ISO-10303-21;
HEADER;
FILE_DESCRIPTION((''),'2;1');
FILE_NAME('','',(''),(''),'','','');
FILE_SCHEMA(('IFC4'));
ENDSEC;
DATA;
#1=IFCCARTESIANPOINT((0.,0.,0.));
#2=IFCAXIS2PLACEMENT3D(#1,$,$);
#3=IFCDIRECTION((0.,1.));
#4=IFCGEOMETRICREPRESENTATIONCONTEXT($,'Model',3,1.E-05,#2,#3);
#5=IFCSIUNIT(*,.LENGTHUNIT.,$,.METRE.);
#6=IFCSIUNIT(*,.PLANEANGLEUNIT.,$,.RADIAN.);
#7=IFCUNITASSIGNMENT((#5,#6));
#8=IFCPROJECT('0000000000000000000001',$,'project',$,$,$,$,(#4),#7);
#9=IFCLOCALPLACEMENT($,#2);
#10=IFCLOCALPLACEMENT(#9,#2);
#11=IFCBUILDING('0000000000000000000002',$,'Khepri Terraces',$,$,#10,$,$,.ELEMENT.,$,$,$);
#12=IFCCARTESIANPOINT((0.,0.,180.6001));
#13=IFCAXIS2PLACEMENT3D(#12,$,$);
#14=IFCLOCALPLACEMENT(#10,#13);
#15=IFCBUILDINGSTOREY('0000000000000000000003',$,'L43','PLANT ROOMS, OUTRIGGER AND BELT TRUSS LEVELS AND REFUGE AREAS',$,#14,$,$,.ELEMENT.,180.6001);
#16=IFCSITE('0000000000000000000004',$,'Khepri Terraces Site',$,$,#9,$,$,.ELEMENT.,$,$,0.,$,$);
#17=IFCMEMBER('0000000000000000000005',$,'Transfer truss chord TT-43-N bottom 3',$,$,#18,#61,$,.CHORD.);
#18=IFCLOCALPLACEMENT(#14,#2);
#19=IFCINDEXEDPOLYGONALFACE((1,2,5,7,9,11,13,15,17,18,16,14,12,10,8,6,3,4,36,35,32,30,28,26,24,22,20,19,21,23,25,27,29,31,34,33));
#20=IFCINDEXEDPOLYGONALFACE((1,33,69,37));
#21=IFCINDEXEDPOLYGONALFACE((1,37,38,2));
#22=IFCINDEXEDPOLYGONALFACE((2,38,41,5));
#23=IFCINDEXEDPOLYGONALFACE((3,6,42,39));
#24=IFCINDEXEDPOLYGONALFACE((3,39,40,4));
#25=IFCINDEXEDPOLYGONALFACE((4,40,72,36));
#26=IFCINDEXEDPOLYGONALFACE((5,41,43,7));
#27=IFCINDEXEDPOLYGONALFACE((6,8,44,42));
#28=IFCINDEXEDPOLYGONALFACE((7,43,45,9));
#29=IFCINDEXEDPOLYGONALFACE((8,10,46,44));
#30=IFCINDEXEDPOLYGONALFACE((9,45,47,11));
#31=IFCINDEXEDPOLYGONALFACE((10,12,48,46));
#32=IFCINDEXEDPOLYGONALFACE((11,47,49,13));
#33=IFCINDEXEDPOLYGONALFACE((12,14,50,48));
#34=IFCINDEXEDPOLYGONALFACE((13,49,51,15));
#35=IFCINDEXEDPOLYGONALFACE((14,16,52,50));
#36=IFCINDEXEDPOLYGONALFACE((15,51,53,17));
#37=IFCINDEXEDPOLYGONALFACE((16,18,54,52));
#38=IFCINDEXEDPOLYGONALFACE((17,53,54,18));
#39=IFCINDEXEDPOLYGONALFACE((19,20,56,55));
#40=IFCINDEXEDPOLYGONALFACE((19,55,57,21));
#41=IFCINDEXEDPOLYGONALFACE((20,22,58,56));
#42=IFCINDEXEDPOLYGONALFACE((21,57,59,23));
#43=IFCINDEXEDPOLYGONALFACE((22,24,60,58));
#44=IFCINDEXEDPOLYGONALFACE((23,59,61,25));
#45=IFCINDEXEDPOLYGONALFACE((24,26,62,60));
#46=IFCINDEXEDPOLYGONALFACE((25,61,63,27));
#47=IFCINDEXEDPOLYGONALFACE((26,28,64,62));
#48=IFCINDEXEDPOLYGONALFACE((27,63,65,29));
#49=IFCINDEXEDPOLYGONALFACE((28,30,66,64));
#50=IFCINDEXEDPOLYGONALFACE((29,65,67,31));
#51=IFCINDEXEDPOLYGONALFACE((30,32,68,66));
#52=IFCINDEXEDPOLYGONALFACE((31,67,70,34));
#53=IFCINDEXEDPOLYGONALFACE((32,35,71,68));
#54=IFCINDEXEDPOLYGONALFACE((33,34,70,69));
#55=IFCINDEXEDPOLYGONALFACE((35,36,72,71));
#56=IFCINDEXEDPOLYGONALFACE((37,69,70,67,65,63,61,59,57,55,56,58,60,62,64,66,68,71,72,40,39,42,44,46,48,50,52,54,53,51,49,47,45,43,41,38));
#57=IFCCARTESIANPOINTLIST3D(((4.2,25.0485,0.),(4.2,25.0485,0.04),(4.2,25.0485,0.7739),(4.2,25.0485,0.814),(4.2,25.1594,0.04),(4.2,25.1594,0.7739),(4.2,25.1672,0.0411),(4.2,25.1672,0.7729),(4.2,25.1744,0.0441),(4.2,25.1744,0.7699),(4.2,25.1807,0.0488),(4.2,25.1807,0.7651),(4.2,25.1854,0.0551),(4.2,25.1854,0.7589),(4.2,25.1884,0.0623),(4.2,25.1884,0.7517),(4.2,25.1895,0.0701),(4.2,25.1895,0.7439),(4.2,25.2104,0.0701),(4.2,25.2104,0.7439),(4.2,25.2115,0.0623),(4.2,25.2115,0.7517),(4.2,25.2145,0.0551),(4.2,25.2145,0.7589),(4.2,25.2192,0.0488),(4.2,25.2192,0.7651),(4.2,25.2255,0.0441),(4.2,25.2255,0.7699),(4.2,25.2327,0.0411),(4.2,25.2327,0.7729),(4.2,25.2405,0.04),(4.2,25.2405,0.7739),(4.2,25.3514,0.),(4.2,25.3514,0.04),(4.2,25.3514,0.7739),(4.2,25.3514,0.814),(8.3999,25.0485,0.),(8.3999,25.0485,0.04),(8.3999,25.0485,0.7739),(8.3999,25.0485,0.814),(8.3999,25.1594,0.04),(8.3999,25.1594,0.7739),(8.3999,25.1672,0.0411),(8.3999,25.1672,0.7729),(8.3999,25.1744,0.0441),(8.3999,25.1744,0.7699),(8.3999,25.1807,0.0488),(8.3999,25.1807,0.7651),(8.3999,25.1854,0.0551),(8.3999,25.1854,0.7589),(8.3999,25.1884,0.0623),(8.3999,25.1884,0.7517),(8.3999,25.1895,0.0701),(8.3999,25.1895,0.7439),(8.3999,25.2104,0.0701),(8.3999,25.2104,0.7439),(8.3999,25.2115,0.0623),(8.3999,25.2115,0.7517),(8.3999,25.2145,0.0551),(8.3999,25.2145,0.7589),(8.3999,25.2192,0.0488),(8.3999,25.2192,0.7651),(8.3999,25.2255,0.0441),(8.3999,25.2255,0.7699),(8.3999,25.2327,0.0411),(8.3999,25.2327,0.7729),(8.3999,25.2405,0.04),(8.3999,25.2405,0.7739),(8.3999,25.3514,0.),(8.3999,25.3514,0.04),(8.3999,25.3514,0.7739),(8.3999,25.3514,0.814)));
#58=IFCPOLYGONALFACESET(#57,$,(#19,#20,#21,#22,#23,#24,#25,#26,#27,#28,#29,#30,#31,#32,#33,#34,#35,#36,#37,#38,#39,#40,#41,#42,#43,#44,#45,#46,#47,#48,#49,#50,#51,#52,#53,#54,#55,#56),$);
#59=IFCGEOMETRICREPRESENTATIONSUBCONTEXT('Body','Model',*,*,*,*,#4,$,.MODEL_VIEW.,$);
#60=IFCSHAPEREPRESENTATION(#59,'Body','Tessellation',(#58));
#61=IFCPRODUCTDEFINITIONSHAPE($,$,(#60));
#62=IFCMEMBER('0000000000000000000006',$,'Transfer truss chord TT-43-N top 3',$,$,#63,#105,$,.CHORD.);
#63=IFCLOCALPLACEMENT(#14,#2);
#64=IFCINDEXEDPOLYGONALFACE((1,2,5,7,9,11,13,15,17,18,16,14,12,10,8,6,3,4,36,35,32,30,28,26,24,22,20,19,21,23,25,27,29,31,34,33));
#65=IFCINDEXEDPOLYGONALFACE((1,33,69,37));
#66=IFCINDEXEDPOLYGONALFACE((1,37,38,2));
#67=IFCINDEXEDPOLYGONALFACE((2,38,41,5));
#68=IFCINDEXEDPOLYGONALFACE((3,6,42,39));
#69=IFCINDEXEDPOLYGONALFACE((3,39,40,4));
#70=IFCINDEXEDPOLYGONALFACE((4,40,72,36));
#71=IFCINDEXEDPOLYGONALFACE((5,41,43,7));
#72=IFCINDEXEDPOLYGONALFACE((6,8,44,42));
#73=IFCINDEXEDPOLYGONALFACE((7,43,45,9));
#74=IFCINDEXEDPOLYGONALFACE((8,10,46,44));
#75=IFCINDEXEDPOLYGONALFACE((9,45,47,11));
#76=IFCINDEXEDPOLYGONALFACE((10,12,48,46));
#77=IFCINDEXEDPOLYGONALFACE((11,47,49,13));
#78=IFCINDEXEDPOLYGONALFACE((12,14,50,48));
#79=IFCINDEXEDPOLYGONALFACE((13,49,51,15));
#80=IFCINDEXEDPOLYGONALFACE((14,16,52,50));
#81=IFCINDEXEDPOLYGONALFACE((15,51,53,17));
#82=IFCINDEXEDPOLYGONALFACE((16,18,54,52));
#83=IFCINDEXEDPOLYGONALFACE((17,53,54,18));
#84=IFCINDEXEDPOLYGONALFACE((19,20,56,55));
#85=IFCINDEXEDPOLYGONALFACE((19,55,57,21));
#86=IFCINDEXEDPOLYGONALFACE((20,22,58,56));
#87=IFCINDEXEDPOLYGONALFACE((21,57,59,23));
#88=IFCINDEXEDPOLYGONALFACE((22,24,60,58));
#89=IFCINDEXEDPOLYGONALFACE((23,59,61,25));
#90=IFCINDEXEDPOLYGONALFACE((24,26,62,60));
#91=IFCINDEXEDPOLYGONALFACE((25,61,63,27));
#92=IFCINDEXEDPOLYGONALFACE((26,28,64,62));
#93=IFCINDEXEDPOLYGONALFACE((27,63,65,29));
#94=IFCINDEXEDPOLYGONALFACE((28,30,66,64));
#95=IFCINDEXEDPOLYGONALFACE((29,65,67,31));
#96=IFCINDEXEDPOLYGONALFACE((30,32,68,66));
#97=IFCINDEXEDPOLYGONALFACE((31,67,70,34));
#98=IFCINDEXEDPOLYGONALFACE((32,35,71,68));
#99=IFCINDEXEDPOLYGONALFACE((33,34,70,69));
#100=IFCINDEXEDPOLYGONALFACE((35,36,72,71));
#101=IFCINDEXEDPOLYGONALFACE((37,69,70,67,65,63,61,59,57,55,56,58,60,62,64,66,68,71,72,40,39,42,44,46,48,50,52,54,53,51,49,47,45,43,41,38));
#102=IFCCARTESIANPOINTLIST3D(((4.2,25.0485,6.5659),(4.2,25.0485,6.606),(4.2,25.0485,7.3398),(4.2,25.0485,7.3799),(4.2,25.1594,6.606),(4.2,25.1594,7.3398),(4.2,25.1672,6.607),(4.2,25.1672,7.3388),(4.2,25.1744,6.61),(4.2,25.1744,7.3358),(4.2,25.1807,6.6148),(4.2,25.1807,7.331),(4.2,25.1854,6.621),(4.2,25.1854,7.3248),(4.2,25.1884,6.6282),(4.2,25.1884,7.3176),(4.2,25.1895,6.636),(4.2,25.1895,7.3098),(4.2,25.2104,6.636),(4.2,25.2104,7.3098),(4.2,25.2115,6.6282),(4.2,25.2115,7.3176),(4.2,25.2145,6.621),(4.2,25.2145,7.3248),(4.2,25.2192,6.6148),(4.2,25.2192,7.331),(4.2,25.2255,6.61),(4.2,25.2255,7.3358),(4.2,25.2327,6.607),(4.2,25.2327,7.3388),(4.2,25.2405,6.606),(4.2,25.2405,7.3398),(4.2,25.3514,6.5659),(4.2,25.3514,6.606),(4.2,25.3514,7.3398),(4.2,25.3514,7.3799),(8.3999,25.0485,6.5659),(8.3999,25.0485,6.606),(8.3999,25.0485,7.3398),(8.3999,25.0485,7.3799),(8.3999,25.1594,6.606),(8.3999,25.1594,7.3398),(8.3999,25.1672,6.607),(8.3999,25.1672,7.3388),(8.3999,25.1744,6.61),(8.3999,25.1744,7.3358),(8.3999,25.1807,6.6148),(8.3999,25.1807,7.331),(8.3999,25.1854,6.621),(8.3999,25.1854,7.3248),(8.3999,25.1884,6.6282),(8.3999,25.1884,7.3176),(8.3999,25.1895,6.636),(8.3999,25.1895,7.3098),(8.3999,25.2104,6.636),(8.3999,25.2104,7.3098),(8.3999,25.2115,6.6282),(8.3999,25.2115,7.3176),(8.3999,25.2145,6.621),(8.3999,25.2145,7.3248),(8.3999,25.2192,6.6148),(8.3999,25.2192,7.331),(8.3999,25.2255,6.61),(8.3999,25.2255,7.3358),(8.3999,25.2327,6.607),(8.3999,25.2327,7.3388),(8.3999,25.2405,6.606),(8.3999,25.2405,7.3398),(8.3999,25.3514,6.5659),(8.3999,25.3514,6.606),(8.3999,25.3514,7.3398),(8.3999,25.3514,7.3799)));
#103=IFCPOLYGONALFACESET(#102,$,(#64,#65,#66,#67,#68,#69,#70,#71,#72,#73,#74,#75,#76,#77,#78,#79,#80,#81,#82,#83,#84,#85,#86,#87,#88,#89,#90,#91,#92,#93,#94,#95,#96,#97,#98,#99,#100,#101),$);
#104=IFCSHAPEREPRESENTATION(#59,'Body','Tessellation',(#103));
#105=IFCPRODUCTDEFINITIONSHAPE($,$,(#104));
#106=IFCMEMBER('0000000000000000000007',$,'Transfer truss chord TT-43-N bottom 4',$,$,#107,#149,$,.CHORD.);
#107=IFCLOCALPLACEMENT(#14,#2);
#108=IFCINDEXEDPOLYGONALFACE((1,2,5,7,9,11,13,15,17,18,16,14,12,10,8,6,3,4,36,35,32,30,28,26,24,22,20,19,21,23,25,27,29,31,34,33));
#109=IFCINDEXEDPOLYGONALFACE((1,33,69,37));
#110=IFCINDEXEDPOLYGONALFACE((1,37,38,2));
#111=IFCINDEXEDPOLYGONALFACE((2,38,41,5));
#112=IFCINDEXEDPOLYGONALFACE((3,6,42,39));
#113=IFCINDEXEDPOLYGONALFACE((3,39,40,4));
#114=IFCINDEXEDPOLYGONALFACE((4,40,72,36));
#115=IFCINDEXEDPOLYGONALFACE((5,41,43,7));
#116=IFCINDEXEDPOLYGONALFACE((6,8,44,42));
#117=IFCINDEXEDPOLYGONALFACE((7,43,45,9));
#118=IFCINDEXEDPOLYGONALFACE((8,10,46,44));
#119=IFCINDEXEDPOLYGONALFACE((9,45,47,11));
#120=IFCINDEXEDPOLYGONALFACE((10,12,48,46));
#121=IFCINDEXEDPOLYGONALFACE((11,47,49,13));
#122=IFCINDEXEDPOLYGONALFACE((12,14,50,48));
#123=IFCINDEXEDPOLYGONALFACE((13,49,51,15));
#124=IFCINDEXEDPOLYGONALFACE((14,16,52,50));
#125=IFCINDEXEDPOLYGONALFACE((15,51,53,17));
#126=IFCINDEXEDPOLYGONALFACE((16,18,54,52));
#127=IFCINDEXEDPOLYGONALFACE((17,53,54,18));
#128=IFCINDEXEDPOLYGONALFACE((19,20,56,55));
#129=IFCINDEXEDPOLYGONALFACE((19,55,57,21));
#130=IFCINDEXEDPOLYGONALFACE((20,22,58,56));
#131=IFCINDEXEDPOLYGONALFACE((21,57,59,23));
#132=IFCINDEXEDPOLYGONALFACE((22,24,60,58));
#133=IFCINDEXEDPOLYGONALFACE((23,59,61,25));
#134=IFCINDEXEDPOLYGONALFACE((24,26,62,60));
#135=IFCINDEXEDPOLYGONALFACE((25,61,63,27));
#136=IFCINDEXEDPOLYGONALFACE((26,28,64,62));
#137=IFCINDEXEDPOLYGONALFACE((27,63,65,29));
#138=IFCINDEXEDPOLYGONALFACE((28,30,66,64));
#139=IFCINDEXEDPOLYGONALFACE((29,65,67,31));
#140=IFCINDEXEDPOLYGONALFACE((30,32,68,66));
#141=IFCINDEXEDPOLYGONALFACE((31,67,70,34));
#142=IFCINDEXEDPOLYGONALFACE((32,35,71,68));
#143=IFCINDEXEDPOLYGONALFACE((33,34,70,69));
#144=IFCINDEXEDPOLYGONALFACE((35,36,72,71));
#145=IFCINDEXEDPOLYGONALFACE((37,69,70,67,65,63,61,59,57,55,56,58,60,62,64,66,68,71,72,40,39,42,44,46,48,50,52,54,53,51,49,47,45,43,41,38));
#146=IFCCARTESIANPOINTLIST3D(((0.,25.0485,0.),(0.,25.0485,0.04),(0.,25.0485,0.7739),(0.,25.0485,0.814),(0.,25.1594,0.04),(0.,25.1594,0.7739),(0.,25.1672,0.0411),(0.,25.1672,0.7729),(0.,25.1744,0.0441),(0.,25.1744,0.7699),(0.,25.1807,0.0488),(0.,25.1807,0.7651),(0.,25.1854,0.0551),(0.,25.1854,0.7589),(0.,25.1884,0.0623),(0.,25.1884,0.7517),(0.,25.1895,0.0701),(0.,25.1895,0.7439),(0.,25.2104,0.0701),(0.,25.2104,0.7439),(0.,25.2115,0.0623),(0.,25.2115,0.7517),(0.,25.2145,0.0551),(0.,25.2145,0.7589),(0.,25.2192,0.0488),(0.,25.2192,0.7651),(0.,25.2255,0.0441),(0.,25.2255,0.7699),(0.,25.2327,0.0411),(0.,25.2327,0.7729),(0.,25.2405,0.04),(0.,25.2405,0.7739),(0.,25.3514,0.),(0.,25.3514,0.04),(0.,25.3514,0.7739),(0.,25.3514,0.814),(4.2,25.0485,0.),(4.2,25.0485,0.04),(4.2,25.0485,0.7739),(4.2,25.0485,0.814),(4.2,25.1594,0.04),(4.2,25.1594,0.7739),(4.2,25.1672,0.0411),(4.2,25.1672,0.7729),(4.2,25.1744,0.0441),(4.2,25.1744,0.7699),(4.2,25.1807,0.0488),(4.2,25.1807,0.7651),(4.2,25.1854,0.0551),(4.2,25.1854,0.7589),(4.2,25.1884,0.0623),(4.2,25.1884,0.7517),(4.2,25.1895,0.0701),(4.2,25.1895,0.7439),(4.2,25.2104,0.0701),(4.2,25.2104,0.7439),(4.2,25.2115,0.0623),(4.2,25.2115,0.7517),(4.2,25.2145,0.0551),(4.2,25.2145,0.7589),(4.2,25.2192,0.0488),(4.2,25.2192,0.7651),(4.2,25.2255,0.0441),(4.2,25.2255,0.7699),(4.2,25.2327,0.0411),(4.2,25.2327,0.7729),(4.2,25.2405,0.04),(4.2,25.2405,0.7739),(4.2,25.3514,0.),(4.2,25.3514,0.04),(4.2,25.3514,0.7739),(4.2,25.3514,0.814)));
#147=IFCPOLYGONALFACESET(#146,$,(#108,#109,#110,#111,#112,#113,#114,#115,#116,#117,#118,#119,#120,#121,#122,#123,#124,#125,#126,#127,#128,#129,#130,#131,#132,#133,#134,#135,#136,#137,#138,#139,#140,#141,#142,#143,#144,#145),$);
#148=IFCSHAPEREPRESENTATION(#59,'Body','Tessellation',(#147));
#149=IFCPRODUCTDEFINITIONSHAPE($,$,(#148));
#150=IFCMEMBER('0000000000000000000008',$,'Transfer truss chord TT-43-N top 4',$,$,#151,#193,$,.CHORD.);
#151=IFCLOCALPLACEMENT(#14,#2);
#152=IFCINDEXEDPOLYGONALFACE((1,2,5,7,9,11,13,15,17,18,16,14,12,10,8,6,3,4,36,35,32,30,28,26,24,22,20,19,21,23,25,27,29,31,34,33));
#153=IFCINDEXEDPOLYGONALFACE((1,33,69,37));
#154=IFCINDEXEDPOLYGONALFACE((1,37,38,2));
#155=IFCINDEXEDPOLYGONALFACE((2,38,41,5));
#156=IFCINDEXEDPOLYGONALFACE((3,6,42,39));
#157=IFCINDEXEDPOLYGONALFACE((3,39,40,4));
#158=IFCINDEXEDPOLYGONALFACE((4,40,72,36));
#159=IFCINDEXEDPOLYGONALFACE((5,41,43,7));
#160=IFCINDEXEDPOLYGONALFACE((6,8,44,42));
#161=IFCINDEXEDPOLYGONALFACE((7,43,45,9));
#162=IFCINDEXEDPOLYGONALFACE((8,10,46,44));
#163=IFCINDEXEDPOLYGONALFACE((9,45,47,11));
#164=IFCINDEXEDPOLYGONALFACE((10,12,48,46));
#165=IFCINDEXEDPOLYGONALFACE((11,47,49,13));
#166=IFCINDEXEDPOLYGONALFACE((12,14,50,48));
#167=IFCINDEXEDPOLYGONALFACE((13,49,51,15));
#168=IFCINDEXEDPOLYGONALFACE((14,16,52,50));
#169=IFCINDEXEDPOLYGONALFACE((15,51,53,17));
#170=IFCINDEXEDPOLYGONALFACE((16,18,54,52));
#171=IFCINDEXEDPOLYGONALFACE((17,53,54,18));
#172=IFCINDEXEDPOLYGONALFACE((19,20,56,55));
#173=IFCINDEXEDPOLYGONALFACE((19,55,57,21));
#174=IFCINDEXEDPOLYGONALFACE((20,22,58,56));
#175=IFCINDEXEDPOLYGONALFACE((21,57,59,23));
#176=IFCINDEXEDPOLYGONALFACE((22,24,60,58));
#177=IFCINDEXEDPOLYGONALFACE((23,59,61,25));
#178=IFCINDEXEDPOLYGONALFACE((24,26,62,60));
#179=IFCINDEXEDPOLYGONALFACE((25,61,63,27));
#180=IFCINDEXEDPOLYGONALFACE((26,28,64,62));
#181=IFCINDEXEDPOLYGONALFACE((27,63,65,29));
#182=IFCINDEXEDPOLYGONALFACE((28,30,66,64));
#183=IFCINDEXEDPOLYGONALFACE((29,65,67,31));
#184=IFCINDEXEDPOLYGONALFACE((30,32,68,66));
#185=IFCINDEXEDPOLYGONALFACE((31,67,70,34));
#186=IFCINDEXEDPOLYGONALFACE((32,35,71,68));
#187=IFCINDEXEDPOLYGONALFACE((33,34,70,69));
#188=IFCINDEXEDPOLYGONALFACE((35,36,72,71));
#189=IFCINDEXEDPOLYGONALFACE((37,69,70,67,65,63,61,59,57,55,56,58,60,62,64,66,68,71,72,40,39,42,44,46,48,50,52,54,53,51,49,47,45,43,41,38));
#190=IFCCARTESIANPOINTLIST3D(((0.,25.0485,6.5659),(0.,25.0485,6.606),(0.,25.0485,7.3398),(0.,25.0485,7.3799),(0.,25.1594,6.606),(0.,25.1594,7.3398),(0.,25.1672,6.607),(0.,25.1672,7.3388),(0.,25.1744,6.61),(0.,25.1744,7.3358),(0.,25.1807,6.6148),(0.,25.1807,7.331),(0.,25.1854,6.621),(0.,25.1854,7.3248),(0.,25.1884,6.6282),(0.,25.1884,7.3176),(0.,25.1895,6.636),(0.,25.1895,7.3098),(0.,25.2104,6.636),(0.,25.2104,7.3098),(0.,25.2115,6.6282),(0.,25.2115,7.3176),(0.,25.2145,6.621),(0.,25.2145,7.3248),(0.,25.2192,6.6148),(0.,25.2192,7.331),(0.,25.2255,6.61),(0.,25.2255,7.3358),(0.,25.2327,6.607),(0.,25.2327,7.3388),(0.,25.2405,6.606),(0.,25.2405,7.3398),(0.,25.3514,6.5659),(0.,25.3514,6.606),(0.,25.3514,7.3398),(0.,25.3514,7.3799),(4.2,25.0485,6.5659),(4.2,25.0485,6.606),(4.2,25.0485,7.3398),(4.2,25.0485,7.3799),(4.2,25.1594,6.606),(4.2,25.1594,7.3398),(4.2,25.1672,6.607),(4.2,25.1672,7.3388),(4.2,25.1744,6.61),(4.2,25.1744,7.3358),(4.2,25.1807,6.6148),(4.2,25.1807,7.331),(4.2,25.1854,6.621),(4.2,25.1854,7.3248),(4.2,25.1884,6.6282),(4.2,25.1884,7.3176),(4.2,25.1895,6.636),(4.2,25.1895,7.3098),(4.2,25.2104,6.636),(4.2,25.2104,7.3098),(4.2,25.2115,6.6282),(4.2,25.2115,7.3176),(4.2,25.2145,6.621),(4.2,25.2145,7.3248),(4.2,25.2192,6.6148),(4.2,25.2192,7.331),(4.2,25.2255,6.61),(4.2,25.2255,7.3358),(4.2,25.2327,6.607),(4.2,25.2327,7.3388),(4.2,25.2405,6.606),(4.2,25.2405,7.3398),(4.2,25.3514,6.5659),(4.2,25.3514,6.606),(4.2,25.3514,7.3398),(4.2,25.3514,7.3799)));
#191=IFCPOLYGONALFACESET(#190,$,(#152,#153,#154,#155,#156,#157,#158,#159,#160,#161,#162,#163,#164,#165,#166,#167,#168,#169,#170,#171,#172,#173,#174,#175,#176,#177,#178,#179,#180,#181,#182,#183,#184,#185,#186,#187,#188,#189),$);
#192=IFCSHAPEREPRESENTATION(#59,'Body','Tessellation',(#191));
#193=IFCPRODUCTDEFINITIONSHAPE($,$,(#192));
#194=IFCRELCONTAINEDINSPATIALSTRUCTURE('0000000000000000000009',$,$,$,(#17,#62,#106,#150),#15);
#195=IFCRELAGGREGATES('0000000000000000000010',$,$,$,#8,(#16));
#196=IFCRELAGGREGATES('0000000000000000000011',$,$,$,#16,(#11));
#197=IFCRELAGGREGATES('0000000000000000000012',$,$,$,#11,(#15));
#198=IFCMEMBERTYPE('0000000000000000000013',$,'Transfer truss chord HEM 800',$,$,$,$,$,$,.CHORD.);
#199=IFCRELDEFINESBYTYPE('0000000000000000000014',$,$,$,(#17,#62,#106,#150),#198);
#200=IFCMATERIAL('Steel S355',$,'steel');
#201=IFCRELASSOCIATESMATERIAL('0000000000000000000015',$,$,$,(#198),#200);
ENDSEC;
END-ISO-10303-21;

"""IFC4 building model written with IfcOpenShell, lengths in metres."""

from ifc_helpers import new_model, si_unit, direction, frame, origin, origin_2d, place, context, subcontext, project, spatial, i_section, extrude, material, material_profile, profile_set, type_object, element, save


model = new_model("IFC4")

# Units and contexts
model_context = context("Model", 3, precision=1e-05, world=origin(), true_north=direction((0.0, 1.0)))
body_context = subcontext(model_context, "Body", "Model", "MODEL_VIEW")
ifc_project = project(units=[si_unit("LENGTHUNIT", "METRE"), si_unit("PLANEANGLEUNIT", "RADIAN")], contexts=[model_context])

# Site, building, storey
site_placement = place(None, origin())
site = spatial("IfcSite", under=ifc_project, at=site_placement, Name="Khepri Terraces Site", CompositionType="ELEMENT", RefElevation=0.0)
building_placement = place(site_placement, origin())
building = spatial("IfcBuilding", under=site, at=building_placement, Name="Khepri Terraces", CompositionType="ELEMENT")
storey_placement = place(building_placement, frame((0.0, 0.0, 180.6001)))
storey = spatial("IfcBuildingStorey", under=building, at=storey_placement, Name="L43", Description="PLANT ROOMS, OUTRIGGER AND BELT TRUSS LEVELS AND REFUGE AREAS", CompositionType="ELEMENT", Elevation=180.6001)

# Members
ifc_material_1 = material(Name="Steel S355", Category="steel")
ifc_material_profile_1 = material_profile(ifc_material_1, i_section(OverallWidth=0.303, OverallDepth=0.814, WebThickness=0.021, FlangeThickness=0.04, FilletRadius=0.03, at=origin_2d()), Name="Steel S355", Category="steel")
ifc_profile_set_1 = profile_set([ifc_material_profile_1], Name="Steel S355")
member_type_1 = type_object("IfcMemberType", Name="Transfer truss chord HEM 800", PredefinedType="CHORD", material=ifc_profile_set_1)
for number, where, z_axis, x_axis, name in (
    (1, (8.3999, 25.2, 0.407), (-1.0, 0.0, 0.0), (0.0, -1.0, 0.0), "Transfer truss chord TT-43-N bottom 3"),
    (2, (8.3999, 25.2, 6.9729), (-1.0, 0.0, 0.0), (0.0, -1.0, 0.0), "Transfer truss chord TT-43-N top 3"),
    (3, (4.2, 25.2, 0.407), (-1.0, 0.0, 0.0), (0.0, -1.0, 0.0), "Transfer truss chord TT-43-N bottom 4"),
    (4, (4.2, 25.2, 6.9729), (-1.0, 0.0, 0.0), (0.0, -1.0, 0.0), "Transfer truss chord TT-43-N top 4"),
):
    element("IfcMember", number, at=place(storey_placement, frame(where, z_axis=z_axis, x_axis=x_axis)), inside=storey, type_object=member_type_1, Name=name, PredefinedType="CHORD", context=body_context, shape_type="SweptSolid", body=[
        extrude(i_section(OverallWidth=0.303, OverallDepth=0.814, WebThickness=0.021, FlangeThickness=0.04, FilletRadius=0.03, at=origin_2d()), origin(), (0.0, 0.0, 1.0), 4.2),
    ])

save(model, "model.ifc")
